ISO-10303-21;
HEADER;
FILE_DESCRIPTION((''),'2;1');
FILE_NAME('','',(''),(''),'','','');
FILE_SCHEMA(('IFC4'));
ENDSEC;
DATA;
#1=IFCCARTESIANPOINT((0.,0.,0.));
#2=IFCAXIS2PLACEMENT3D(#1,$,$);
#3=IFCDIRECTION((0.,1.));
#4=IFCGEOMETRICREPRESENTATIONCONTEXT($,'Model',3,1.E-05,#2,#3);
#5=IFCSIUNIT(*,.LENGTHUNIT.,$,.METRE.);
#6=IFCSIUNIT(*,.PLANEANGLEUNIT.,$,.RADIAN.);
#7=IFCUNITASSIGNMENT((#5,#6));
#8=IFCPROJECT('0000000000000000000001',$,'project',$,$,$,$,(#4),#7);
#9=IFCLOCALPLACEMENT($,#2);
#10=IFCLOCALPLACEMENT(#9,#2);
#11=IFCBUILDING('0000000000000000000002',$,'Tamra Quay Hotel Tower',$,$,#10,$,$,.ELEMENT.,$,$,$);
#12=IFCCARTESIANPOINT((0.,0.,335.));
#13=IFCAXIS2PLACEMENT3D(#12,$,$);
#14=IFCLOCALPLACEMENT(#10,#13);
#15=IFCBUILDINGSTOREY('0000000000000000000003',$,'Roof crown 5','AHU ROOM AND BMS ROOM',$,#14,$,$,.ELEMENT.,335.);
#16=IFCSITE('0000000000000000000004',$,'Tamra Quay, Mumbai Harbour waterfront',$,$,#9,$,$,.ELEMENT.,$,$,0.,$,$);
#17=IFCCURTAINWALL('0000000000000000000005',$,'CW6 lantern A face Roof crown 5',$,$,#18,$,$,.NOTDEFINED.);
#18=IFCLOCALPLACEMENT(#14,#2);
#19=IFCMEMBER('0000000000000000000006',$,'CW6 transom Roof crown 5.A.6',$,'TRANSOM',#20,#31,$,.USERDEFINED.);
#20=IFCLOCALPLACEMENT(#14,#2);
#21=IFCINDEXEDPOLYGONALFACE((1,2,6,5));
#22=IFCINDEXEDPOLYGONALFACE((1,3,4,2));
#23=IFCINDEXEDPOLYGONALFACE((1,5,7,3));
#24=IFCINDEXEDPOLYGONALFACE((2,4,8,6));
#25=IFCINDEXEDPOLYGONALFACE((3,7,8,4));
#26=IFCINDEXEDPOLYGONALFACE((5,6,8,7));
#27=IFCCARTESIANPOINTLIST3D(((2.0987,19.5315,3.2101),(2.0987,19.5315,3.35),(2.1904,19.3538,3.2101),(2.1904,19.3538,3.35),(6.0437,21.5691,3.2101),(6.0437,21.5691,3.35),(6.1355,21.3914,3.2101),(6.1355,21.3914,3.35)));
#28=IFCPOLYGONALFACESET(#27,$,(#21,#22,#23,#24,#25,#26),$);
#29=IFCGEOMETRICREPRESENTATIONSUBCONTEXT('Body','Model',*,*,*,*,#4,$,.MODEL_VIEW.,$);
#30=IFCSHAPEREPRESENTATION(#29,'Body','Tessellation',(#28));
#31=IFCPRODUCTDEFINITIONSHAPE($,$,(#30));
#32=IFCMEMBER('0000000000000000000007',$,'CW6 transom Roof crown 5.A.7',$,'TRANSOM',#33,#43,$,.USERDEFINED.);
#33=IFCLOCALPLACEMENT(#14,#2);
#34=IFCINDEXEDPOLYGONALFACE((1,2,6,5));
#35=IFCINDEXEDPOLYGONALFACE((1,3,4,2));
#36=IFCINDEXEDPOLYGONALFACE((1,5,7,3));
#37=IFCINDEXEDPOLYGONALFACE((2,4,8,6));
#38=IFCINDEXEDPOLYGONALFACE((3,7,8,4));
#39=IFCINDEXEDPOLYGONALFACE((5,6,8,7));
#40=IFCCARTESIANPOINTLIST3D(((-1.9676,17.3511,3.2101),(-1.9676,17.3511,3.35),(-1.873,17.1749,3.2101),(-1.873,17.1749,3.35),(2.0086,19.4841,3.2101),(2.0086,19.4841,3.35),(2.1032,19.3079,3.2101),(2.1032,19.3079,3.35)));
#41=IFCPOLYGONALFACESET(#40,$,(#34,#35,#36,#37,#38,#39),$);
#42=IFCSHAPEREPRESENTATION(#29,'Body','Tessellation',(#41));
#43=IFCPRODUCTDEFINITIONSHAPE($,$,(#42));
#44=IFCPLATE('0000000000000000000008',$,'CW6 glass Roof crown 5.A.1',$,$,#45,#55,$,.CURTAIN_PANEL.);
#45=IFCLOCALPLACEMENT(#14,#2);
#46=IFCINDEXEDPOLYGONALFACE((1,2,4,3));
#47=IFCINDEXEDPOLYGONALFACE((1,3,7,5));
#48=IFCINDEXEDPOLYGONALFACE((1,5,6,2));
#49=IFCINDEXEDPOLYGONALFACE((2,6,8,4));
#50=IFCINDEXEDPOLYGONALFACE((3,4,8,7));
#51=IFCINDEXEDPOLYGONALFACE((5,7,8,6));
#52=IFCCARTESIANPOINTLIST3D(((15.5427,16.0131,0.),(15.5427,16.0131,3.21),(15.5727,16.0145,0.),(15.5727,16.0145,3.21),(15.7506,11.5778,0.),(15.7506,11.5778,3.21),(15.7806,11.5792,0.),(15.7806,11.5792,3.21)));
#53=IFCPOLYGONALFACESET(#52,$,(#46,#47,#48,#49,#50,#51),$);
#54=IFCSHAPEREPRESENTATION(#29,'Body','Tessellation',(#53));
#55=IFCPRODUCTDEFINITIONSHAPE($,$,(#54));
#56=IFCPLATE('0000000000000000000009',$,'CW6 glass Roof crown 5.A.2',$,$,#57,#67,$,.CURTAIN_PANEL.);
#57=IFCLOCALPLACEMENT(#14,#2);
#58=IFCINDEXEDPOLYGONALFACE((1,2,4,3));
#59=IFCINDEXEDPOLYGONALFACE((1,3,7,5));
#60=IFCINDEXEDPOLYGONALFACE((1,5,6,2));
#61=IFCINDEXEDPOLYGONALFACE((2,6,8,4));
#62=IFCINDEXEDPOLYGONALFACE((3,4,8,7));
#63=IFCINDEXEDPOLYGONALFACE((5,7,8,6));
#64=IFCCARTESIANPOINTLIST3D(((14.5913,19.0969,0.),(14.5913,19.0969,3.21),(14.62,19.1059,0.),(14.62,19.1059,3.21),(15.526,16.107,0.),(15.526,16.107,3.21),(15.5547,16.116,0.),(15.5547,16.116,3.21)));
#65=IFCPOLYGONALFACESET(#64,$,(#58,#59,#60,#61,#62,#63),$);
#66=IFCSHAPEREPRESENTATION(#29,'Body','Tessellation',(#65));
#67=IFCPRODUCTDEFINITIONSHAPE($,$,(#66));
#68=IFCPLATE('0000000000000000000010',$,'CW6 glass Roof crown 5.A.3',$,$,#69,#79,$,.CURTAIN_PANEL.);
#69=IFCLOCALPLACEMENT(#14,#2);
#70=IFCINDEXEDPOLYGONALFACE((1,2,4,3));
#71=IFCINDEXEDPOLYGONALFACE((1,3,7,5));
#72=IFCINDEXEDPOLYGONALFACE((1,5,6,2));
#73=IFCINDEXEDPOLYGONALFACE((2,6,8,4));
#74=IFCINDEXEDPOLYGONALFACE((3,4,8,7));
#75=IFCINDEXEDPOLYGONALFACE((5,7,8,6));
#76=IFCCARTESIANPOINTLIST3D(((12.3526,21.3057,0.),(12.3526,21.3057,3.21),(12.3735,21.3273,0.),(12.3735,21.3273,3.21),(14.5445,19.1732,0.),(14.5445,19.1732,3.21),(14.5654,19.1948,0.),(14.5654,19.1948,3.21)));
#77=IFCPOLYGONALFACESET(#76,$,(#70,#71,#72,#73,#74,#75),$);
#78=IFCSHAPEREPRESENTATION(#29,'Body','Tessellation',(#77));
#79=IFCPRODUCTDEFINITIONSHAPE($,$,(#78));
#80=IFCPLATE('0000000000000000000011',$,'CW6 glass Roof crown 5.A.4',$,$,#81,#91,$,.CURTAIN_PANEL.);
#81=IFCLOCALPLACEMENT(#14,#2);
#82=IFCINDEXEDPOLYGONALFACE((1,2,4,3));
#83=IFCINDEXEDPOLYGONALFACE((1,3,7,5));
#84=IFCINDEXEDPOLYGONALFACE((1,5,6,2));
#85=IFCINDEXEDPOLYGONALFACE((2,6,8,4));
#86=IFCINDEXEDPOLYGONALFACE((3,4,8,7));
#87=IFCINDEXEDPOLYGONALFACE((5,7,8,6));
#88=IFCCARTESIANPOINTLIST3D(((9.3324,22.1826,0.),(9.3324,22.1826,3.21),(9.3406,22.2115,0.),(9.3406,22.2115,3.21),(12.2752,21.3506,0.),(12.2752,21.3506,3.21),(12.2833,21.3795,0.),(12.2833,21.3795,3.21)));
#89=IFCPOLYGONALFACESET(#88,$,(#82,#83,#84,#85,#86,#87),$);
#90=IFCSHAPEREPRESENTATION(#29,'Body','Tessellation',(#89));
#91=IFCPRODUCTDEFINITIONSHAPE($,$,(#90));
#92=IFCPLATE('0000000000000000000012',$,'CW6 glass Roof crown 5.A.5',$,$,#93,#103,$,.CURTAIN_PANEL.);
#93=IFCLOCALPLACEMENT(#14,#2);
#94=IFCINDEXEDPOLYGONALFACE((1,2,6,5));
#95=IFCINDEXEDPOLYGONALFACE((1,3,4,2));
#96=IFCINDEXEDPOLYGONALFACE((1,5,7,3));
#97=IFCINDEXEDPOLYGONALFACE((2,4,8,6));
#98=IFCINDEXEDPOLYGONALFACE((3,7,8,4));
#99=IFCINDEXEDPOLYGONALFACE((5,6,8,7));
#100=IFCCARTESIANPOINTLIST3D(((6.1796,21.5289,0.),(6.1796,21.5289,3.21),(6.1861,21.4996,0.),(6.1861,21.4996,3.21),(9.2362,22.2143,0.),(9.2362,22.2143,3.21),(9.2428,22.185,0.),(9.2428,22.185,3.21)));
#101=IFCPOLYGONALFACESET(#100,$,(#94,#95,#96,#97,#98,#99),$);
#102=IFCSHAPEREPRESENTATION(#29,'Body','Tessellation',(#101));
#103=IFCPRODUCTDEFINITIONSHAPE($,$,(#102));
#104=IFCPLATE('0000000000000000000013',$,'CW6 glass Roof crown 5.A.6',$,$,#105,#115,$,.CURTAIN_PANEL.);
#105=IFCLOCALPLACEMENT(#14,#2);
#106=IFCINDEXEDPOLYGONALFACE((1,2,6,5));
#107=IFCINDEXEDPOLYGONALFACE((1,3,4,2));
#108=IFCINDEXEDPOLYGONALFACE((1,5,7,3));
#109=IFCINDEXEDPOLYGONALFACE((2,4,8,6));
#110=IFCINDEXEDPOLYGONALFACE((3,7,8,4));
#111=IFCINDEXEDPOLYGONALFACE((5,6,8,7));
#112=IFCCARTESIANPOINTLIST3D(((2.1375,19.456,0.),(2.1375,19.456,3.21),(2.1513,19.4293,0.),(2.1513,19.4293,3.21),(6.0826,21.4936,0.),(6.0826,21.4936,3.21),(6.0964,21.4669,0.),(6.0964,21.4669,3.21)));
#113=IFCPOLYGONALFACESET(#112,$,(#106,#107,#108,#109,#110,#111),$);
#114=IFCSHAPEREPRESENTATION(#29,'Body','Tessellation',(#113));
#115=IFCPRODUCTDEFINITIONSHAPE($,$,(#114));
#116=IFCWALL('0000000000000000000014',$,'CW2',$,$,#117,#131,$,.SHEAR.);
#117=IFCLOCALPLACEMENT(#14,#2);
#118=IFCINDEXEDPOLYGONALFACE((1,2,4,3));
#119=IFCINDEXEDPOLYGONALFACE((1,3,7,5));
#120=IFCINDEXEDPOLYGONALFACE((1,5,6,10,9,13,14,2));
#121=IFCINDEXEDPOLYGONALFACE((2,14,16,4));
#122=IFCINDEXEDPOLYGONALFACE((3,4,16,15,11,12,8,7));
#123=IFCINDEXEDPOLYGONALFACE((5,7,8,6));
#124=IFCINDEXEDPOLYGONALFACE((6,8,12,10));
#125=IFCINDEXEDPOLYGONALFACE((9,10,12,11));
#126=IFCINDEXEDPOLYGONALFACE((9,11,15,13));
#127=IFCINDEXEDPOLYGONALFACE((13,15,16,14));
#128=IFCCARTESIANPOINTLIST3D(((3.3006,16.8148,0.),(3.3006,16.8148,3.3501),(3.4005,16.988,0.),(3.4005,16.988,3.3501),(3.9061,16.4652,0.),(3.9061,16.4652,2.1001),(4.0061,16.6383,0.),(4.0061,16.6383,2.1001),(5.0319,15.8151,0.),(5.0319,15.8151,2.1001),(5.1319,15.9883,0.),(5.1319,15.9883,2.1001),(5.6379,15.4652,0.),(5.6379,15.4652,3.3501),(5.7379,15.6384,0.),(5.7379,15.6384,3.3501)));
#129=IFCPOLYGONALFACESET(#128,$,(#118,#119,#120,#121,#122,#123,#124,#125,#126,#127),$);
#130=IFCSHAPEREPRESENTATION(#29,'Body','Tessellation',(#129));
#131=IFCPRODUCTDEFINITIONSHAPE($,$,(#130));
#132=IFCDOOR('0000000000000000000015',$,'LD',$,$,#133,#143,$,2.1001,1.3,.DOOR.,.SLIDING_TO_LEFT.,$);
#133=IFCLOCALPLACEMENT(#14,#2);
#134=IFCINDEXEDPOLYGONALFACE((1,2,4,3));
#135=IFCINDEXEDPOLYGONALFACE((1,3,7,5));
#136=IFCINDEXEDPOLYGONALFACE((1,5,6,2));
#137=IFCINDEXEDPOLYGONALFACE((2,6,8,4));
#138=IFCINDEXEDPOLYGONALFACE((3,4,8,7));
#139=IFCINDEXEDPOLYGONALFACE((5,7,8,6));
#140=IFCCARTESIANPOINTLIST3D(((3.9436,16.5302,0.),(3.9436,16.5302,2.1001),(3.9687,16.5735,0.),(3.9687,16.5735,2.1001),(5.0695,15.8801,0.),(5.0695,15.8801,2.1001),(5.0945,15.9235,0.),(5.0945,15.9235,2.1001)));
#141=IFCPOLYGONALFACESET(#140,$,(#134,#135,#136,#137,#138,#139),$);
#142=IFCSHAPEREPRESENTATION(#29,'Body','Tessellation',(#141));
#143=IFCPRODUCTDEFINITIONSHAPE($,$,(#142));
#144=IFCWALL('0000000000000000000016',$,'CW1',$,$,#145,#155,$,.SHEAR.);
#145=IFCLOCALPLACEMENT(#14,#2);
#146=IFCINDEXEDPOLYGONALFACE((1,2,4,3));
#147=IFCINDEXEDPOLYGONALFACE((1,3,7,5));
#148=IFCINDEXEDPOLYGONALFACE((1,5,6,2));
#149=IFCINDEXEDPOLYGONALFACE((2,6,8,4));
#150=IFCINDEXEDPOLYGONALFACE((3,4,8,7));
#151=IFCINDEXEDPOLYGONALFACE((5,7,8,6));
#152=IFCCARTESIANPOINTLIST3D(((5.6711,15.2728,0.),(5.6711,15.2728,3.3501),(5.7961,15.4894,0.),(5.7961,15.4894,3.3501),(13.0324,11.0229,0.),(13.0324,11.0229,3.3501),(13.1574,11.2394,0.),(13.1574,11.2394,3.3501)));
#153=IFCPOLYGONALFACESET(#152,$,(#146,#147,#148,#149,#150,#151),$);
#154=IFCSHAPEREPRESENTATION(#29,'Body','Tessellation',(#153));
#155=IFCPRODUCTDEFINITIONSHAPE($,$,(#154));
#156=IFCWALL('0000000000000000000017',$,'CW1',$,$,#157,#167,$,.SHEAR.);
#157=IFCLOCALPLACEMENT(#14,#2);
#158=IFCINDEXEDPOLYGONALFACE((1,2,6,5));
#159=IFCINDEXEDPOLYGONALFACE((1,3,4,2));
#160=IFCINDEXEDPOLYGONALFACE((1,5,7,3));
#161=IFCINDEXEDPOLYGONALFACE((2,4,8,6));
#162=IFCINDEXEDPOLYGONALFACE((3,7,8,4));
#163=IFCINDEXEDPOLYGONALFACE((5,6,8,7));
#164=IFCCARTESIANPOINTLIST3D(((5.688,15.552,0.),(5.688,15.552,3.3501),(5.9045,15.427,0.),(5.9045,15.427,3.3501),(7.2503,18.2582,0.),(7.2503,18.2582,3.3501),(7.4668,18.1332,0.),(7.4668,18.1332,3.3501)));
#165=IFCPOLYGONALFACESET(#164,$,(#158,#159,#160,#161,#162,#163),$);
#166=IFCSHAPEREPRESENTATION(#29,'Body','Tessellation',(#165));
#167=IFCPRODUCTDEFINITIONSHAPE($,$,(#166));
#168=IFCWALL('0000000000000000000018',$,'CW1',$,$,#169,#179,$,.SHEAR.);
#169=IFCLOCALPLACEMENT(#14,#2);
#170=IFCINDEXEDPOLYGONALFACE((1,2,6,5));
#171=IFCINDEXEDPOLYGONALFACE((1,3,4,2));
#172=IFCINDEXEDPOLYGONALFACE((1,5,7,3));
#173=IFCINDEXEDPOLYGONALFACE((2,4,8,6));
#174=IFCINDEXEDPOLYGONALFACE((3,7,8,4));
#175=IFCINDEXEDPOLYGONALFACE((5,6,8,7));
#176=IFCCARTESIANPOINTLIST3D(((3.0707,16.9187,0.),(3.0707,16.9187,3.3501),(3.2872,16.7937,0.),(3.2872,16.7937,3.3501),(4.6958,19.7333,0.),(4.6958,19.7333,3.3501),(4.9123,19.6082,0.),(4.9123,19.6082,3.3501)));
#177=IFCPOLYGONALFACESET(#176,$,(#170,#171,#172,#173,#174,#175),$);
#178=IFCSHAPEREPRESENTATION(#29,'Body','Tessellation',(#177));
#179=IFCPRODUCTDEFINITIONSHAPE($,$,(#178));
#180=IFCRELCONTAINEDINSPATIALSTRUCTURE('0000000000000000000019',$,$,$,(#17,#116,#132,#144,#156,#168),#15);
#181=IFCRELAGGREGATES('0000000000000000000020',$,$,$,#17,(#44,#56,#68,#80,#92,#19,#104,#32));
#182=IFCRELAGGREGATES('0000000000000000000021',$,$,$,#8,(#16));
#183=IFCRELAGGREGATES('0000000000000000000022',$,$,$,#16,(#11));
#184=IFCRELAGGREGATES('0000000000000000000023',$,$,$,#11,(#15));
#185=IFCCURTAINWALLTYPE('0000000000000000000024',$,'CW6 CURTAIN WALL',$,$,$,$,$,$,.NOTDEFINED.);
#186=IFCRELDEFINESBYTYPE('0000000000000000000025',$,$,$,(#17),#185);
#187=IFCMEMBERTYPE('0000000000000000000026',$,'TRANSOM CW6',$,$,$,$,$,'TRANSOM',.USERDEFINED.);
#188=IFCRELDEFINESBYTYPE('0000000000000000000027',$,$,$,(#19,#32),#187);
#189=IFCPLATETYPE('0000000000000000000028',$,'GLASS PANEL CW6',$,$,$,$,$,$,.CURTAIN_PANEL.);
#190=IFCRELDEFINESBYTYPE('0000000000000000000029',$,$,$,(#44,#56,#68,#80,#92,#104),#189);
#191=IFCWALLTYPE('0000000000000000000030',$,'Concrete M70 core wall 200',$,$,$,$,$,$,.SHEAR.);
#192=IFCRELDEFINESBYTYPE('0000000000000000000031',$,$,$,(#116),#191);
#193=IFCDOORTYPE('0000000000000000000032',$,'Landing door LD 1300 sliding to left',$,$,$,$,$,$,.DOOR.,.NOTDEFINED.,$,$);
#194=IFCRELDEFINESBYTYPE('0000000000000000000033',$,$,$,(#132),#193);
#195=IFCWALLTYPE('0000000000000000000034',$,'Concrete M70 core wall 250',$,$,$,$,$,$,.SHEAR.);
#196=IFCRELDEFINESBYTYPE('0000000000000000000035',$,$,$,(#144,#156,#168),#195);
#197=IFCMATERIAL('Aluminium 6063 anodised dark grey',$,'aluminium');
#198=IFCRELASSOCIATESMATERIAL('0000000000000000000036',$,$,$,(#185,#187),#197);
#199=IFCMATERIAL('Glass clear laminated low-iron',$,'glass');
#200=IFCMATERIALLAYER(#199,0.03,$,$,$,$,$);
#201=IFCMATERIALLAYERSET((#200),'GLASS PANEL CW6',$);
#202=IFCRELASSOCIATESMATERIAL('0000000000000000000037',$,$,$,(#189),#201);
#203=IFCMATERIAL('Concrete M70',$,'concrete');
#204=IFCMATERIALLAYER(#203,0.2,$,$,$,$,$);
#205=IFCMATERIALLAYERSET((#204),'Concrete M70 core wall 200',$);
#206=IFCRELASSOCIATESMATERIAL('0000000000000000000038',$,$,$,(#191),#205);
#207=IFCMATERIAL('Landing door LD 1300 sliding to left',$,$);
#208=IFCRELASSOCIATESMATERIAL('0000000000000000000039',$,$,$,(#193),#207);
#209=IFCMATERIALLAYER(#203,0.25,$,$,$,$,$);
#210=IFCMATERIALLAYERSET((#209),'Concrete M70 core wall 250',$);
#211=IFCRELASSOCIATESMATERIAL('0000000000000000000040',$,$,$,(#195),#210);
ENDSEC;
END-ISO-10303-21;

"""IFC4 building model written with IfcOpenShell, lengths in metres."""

from ifc_helpers import new_model, si_unit, direction, frame, frame_2d, origin, origin_2d, place, context, subcontext, project, spatial, rectangle, extrude, material, layer, layer_set, material_profile, profile_set, type_object, element, fill, aggregate, save


model = new_model("IFC4")

# Units and contexts
model_context = context("Model", 3, precision=1e-05, world=origin(), true_north=direction((0.0, 1.0)))
body_context = subcontext(model_context, "Body", "Model", "MODEL_VIEW")
ifc_project = project(units=[si_unit("LENGTHUNIT", "METRE"), si_unit("PLANEANGLEUNIT", "RADIAN")], contexts=[model_context])

# Site, building, storey
site_placement = place(None, origin())
site = spatial("IfcSite", under=ifc_project, at=site_placement, Name="Tamra Quay, Mumbai Harbour waterfront", CompositionType="ELEMENT", RefElevation=0.0)
building_placement = place(site_placement, origin())
building = spatial("IfcBuilding", under=site, at=building_placement, Name="Tamra Quay Hotel Tower", CompositionType="ELEMENT")
storey_placement = place(building_placement, frame((0.0, 0.0, 335.0)))
storey = spatial("IfcBuildingStorey", under=building, at=storey_placement, Name="Roof crown 5", Description="AHU ROOM AND BMS ROOM", CompositionType="ELEMENT", Elevation=335.0)

# Curtain wall, members, plates
ifc_material_1 = material(Name="Aluminium 6063 anodised dark grey", Category="aluminium")
curtain_wall_type = type_object("IfcCurtainWallType", Name="CW6 CURTAIN WALL", PredefinedType="NOTDEFINED", material=ifc_material_1)
curtain_wall_placement = place(storey_placement, origin())
curtain_wall = element("IfcCurtainWall", 1, at=curtain_wall_placement, inside=storey, type_object=curtain_wall_type, Name="CW6 lantern A face Roof crown 5", PredefinedType="NOTDEFINED")
ifc_material_profile_1 = material_profile(ifc_material_1, rectangle(XDim=0.2, YDim=0.1399, at=origin_2d()), Name="TRANSOM 200X140")
ifc_profile_set_1 = profile_set([ifc_material_profile_1], Name="Aluminium 6063 anodised dark grey")
member_type_1 = type_object("IfcMemberType", Name="TRANSOM CW6", ElementType="TRANSOM", PredefinedType="USERDEFINED", material=ifc_profile_set_1)
member_1_placement = place(storey_placement, frame((6.0896, 21.4802, 3.28), z_axis=(-0.888489, -0.458898, 0.0), x_axis=(0.458898, -0.888489, 0.0)))
member_1 = element("IfcMember", 2, at=member_1_placement, type_object=member_type_1, Name="CW6 transom Roof crown 5.A.6", ObjectType="TRANSOM", PredefinedType="USERDEFINED", context=body_context, shape_type="SweptSolid", body=[
    extrude(rectangle(XDim=0.2, YDim=0.1399, at=origin_2d()), origin(), (0.0, 0.0, 1.0), 4.4402),
])
member_2_placement = place(storey_placement, frame((2.0559, 19.396, 3.28), z_axis=(-0.881214, -0.472718, 0.0), x_axis=(0.472718, -0.881214, 0.0)))
member_2 = element("IfcMember", 3, at=member_2_placement, type_object=member_type_1, Name="CW6 transom Roof crown 5.A.7", ObjectType="TRANSOM", PredefinedType="USERDEFINED", context=body_context, shape_type="SweptSolid", body=[
    extrude(rectangle(XDim=0.2, YDim=0.1399, at=origin_2d()), origin(), (0.0, 0.0, 1.0), 4.5122),
])
ifc_material_2 = material(Name="Glass clear laminated low-iron", Category="glass")
ifc_layer_1 = layer(ifc_material_2, 0.03)
ifc_layer_set_1 = layer_set([ifc_layer_1], Name="GLASS PANEL CW6")
plate_type = type_object("IfcPlateType", Name="GLASS PANEL CW6", PredefinedType="CURTAIN_PANEL", material=ifc_layer_set_1)
plate_1_placement = place(storey_placement, frame((15.6616, 13.7961, 0.0), z_axis=(0.0, 0.0, 1.0), x_axis=(-0.046821, 0.998903, 0.0)))
plate_1 = element("IfcPlate", 4, at=plate_1_placement, type_object=plate_type, Name="CW6 glass Roof crown 5.A.1", PredefinedType="CURTAIN_PANEL", context=body_context, shape_type="SweptSolid", body=[
    extrude(rectangle(XDim=4.4402, YDim=0.03, at=origin_2d()), origin(), (0.0, 0.0, 1.0), 3.21),
])
plate_2_placement = place(storey_placement, frame((15.073, 17.6064, 0.0), z_axis=(0.0, 0.0, 1.0), x_axis=(-0.298392, 0.954443, 0.0)))
plate_2 = element("IfcPlate", 5, at=plate_2_placement, type_object=plate_type, Name="CW6 glass Roof crown 5.A.2", PredefinedType="CURTAIN_PANEL", context=body_context, shape_type="SweptSolid", body=[
    extrude(rectangle(XDim=3.1326, YDim=0.03, at=origin_2d()), origin(), (0.0, 0.0, 1.0), 3.21),
])
plate_3_placement = place(storey_placement, frame((13.459, 20.2502, 0.0), z_axis=(0.0, 0.0, 1.0), x_axis=(-0.716753, 0.697327, 0.0)))
plate_3 = element("IfcPlate", 6, at=plate_3_placement, type_object=plate_type, Name="CW6 glass Roof crown 5.A.3", PredefinedType="CURTAIN_PANEL", context=body_context, shape_type="SweptSolid", body=[
    extrude(rectangle(XDim=3.0581, YDim=0.03, at=origin_2d()), origin(), (0.0, 0.0, 1.0), 3.21),
])
plate_4_placement = place(storey_placement, frame((10.8079, 21.781, 0.0), z_axis=(0.0, 0.0, 1.0), x_axis=(-0.96228, 0.272062, 0.0)))
plate_4 = element("IfcPlate", 7, at=plate_4_placement, type_object=plate_type, Name="CW6 glass Roof crown 5.A.4", PredefinedType="CURTAIN_PANEL", context=body_context, shape_type="SweptSolid", body=[
    extrude(rectangle(XDim=3.0581, YDim=0.03, at=origin_2d()), origin(), (0.0, 0.0, 1.0), 3.21),
])
plate_5_placement = place(storey_placement, frame((7.7112, 21.8569, 0.0), z_axis=(0.0, 0.0, 1.0), x_axis=(-0.975768, -0.218806, 0.0)))
plate_5 = element("IfcPlate", 8, at=plate_5_placement, type_object=plate_type, Name="CW6 glass Roof crown 5.A.5", PredefinedType="CURTAIN_PANEL", context=body_context, shape_type="SweptSolid", body=[
    extrude(rectangle(XDim=3.1326, YDim=0.03, at=origin_2d()), origin(), (0.0, 0.0, 1.0), 3.21),
])
plate_6_placement = place(storey_placement, frame((4.1169, 20.4614, 0.0), z_axis=(0.0, 0.0, 1.0), x_axis=(-0.888486, -0.458903, 0.0)))
plate_6 = element("IfcPlate", 9, at=plate_6_placement, type_object=plate_type, Name="CW6 glass Roof crown 5.A.6", PredefinedType="CURTAIN_PANEL", context=body_context, shape_type="SweptSolid", body=[
    extrude(rectangle(XDim=4.4402, YDim=0.03, at=origin_2d()), origin(), (0.0, 0.0, 1.0), 3.21),
])
aggregate(curtain_wall, [plate_1, plate_2, plate_3, plate_4, plate_5, member_1, plate_6, member_2])

# Wall, opening, door
ifc_material_3 = material(Name="Concrete M70", Category="concrete")
ifc_layer_2 = layer(ifc_material_3, 0.2)
ifc_layer_set_2 = layer_set([ifc_layer_2], Name="Concrete M70 core wall 200")
wall_type_1 = type_object("IfcWallType", Name="Concrete M70 core wall 200", PredefinedType="SHEAR", material=ifc_layer_set_2)
wall_1_placement = place(storey_placement, frame((5.688, 15.5518, 0.0), z_axis=(0.0, 0.0, 1.0), x_axis=(-0.866008, 0.50003, 0.0)))
wall_1 = element("IfcWall", 10, at=wall_1_placement, inside=storey, type_object=wall_type_1, Name="CW2", PredefinedType="SHEAR", context=body_context, shape_type="SweptSolid", body=[
    extrude(rectangle(XDim=2.699, YDim=0.2, at=frame_2d((1.3496, 0.0))), origin(), (0.0, 0.0, 1.0), 3.3501),
])
opening_placement = place(wall_1_placement, frame((0.7, 0.0, 0.0)))
opening = element("IfcOpeningElement", 11, at=opening_placement, cuts=wall_1, PredefinedType="OPENING", context=body_context, shape_type="SweptSolid", body=[
    extrude(rectangle(XDim=1.3, YDim=2.1001, at=frame_2d((0.6499, 1.05))), frame((0.0, 0.1099, 0.0), z_axis=(0.0, -1.0, 0.0), x_axis=(1.0, 0.0, 0.0)), (0.0, 0.0, 1.0), 0.22),
])
ifc_material_4 = material(Name="Landing door LD 1300 sliding to left")
door_type = type_object("IfcDoorType", Name="Landing door LD 1300 sliding to left", OperationType="NOTDEFINED", PredefinedType="DOOR", material=ifc_material_4)
door_placement = place(opening_placement, origin())
door = element("IfcDoor", 12, at=door_placement, inside=storey, type_object=door_type, Name="LD", OperationType="SLIDING_TO_LEFT", OverallHeight=2.1001, OverallWidth=1.3, PredefinedType="DOOR", context=body_context, shape_type="SweptSolid", body=[
    extrude(rectangle(XDim=1.3, YDim=2.1001, at=frame_2d((0.6499, 1.05))), frame((0.0, 0.0249, 0.0), z_axis=(0.0, -1.0, 0.0), x_axis=(1.0, 0.0, 0.0)), (0.0, 0.0, 1.0), 0.05),
])
fill(opening, door)

# Walls
ifc_layer_3 = layer(ifc_material_3, 0.25)
ifc_layer_set_3 = layer_set([ifc_layer_3], Name="Concrete M70 core wall 250")
wall_type_2 = type_object("IfcWallType", Name="Concrete M70 core wall 250", PredefinedType="SHEAR", material=ifc_layer_set_3)
wall_2_placement = place(storey_placement, frame((5.7336, 15.3811, 0.0), z_axis=(0.0, 0.0, 1.0), x_axis=(0.866029, -0.499994, 0.0)))
element("IfcWall", 13, at=wall_2_placement, inside=storey, type_object=wall_type_2, Name="CW1", PredefinedType="SHEAR", context=body_context, shape_type="SweptSolid", body=[
    extrude(rectangle(XDim=8.5, YDim=0.25, at=frame_2d((4.25, 0.0))), origin(), (0.0, 0.0, 1.0), 3.3501),
])
wall_3_placement = place(storey_placement, frame((7.3586, 18.1958, 0.0), z_axis=(0.0, 0.0, 1.0), x_axis=(-0.499979, -0.866037, 0.0)))
element("IfcWall", 14, at=wall_3_placement, inside=storey, type_object=wall_type_2, Name="CW1", PredefinedType="SHEAR", context=body_context, shape_type="SweptSolid", body=[
    extrude(rectangle(XDim=3.1248, YDim=0.25, at=frame_2d((1.5625, 0.0))), origin(), (0.0, 0.0, 1.0), 3.3501),
])
wall_4_placement = place(storey_placement, frame((3.179, 16.8562, 0.0), z_axis=(0.0, 0.0, 1.0), x_axis=(0.500017, 0.866015, 0.0)))
element("IfcWall", 15, at=wall_4_placement, inside=storey, type_object=wall_type_2, Name="CW1", PredefinedType="SHEAR", context=body_context, shape_type="SweptSolid", body=[
    extrude(rectangle(XDim=3.25, YDim=0.25, at=frame_2d((1.625, 0.0))), origin(), (0.0, 0.0, 1.0), 3.3501),
])

save(model, "model.ifc")
